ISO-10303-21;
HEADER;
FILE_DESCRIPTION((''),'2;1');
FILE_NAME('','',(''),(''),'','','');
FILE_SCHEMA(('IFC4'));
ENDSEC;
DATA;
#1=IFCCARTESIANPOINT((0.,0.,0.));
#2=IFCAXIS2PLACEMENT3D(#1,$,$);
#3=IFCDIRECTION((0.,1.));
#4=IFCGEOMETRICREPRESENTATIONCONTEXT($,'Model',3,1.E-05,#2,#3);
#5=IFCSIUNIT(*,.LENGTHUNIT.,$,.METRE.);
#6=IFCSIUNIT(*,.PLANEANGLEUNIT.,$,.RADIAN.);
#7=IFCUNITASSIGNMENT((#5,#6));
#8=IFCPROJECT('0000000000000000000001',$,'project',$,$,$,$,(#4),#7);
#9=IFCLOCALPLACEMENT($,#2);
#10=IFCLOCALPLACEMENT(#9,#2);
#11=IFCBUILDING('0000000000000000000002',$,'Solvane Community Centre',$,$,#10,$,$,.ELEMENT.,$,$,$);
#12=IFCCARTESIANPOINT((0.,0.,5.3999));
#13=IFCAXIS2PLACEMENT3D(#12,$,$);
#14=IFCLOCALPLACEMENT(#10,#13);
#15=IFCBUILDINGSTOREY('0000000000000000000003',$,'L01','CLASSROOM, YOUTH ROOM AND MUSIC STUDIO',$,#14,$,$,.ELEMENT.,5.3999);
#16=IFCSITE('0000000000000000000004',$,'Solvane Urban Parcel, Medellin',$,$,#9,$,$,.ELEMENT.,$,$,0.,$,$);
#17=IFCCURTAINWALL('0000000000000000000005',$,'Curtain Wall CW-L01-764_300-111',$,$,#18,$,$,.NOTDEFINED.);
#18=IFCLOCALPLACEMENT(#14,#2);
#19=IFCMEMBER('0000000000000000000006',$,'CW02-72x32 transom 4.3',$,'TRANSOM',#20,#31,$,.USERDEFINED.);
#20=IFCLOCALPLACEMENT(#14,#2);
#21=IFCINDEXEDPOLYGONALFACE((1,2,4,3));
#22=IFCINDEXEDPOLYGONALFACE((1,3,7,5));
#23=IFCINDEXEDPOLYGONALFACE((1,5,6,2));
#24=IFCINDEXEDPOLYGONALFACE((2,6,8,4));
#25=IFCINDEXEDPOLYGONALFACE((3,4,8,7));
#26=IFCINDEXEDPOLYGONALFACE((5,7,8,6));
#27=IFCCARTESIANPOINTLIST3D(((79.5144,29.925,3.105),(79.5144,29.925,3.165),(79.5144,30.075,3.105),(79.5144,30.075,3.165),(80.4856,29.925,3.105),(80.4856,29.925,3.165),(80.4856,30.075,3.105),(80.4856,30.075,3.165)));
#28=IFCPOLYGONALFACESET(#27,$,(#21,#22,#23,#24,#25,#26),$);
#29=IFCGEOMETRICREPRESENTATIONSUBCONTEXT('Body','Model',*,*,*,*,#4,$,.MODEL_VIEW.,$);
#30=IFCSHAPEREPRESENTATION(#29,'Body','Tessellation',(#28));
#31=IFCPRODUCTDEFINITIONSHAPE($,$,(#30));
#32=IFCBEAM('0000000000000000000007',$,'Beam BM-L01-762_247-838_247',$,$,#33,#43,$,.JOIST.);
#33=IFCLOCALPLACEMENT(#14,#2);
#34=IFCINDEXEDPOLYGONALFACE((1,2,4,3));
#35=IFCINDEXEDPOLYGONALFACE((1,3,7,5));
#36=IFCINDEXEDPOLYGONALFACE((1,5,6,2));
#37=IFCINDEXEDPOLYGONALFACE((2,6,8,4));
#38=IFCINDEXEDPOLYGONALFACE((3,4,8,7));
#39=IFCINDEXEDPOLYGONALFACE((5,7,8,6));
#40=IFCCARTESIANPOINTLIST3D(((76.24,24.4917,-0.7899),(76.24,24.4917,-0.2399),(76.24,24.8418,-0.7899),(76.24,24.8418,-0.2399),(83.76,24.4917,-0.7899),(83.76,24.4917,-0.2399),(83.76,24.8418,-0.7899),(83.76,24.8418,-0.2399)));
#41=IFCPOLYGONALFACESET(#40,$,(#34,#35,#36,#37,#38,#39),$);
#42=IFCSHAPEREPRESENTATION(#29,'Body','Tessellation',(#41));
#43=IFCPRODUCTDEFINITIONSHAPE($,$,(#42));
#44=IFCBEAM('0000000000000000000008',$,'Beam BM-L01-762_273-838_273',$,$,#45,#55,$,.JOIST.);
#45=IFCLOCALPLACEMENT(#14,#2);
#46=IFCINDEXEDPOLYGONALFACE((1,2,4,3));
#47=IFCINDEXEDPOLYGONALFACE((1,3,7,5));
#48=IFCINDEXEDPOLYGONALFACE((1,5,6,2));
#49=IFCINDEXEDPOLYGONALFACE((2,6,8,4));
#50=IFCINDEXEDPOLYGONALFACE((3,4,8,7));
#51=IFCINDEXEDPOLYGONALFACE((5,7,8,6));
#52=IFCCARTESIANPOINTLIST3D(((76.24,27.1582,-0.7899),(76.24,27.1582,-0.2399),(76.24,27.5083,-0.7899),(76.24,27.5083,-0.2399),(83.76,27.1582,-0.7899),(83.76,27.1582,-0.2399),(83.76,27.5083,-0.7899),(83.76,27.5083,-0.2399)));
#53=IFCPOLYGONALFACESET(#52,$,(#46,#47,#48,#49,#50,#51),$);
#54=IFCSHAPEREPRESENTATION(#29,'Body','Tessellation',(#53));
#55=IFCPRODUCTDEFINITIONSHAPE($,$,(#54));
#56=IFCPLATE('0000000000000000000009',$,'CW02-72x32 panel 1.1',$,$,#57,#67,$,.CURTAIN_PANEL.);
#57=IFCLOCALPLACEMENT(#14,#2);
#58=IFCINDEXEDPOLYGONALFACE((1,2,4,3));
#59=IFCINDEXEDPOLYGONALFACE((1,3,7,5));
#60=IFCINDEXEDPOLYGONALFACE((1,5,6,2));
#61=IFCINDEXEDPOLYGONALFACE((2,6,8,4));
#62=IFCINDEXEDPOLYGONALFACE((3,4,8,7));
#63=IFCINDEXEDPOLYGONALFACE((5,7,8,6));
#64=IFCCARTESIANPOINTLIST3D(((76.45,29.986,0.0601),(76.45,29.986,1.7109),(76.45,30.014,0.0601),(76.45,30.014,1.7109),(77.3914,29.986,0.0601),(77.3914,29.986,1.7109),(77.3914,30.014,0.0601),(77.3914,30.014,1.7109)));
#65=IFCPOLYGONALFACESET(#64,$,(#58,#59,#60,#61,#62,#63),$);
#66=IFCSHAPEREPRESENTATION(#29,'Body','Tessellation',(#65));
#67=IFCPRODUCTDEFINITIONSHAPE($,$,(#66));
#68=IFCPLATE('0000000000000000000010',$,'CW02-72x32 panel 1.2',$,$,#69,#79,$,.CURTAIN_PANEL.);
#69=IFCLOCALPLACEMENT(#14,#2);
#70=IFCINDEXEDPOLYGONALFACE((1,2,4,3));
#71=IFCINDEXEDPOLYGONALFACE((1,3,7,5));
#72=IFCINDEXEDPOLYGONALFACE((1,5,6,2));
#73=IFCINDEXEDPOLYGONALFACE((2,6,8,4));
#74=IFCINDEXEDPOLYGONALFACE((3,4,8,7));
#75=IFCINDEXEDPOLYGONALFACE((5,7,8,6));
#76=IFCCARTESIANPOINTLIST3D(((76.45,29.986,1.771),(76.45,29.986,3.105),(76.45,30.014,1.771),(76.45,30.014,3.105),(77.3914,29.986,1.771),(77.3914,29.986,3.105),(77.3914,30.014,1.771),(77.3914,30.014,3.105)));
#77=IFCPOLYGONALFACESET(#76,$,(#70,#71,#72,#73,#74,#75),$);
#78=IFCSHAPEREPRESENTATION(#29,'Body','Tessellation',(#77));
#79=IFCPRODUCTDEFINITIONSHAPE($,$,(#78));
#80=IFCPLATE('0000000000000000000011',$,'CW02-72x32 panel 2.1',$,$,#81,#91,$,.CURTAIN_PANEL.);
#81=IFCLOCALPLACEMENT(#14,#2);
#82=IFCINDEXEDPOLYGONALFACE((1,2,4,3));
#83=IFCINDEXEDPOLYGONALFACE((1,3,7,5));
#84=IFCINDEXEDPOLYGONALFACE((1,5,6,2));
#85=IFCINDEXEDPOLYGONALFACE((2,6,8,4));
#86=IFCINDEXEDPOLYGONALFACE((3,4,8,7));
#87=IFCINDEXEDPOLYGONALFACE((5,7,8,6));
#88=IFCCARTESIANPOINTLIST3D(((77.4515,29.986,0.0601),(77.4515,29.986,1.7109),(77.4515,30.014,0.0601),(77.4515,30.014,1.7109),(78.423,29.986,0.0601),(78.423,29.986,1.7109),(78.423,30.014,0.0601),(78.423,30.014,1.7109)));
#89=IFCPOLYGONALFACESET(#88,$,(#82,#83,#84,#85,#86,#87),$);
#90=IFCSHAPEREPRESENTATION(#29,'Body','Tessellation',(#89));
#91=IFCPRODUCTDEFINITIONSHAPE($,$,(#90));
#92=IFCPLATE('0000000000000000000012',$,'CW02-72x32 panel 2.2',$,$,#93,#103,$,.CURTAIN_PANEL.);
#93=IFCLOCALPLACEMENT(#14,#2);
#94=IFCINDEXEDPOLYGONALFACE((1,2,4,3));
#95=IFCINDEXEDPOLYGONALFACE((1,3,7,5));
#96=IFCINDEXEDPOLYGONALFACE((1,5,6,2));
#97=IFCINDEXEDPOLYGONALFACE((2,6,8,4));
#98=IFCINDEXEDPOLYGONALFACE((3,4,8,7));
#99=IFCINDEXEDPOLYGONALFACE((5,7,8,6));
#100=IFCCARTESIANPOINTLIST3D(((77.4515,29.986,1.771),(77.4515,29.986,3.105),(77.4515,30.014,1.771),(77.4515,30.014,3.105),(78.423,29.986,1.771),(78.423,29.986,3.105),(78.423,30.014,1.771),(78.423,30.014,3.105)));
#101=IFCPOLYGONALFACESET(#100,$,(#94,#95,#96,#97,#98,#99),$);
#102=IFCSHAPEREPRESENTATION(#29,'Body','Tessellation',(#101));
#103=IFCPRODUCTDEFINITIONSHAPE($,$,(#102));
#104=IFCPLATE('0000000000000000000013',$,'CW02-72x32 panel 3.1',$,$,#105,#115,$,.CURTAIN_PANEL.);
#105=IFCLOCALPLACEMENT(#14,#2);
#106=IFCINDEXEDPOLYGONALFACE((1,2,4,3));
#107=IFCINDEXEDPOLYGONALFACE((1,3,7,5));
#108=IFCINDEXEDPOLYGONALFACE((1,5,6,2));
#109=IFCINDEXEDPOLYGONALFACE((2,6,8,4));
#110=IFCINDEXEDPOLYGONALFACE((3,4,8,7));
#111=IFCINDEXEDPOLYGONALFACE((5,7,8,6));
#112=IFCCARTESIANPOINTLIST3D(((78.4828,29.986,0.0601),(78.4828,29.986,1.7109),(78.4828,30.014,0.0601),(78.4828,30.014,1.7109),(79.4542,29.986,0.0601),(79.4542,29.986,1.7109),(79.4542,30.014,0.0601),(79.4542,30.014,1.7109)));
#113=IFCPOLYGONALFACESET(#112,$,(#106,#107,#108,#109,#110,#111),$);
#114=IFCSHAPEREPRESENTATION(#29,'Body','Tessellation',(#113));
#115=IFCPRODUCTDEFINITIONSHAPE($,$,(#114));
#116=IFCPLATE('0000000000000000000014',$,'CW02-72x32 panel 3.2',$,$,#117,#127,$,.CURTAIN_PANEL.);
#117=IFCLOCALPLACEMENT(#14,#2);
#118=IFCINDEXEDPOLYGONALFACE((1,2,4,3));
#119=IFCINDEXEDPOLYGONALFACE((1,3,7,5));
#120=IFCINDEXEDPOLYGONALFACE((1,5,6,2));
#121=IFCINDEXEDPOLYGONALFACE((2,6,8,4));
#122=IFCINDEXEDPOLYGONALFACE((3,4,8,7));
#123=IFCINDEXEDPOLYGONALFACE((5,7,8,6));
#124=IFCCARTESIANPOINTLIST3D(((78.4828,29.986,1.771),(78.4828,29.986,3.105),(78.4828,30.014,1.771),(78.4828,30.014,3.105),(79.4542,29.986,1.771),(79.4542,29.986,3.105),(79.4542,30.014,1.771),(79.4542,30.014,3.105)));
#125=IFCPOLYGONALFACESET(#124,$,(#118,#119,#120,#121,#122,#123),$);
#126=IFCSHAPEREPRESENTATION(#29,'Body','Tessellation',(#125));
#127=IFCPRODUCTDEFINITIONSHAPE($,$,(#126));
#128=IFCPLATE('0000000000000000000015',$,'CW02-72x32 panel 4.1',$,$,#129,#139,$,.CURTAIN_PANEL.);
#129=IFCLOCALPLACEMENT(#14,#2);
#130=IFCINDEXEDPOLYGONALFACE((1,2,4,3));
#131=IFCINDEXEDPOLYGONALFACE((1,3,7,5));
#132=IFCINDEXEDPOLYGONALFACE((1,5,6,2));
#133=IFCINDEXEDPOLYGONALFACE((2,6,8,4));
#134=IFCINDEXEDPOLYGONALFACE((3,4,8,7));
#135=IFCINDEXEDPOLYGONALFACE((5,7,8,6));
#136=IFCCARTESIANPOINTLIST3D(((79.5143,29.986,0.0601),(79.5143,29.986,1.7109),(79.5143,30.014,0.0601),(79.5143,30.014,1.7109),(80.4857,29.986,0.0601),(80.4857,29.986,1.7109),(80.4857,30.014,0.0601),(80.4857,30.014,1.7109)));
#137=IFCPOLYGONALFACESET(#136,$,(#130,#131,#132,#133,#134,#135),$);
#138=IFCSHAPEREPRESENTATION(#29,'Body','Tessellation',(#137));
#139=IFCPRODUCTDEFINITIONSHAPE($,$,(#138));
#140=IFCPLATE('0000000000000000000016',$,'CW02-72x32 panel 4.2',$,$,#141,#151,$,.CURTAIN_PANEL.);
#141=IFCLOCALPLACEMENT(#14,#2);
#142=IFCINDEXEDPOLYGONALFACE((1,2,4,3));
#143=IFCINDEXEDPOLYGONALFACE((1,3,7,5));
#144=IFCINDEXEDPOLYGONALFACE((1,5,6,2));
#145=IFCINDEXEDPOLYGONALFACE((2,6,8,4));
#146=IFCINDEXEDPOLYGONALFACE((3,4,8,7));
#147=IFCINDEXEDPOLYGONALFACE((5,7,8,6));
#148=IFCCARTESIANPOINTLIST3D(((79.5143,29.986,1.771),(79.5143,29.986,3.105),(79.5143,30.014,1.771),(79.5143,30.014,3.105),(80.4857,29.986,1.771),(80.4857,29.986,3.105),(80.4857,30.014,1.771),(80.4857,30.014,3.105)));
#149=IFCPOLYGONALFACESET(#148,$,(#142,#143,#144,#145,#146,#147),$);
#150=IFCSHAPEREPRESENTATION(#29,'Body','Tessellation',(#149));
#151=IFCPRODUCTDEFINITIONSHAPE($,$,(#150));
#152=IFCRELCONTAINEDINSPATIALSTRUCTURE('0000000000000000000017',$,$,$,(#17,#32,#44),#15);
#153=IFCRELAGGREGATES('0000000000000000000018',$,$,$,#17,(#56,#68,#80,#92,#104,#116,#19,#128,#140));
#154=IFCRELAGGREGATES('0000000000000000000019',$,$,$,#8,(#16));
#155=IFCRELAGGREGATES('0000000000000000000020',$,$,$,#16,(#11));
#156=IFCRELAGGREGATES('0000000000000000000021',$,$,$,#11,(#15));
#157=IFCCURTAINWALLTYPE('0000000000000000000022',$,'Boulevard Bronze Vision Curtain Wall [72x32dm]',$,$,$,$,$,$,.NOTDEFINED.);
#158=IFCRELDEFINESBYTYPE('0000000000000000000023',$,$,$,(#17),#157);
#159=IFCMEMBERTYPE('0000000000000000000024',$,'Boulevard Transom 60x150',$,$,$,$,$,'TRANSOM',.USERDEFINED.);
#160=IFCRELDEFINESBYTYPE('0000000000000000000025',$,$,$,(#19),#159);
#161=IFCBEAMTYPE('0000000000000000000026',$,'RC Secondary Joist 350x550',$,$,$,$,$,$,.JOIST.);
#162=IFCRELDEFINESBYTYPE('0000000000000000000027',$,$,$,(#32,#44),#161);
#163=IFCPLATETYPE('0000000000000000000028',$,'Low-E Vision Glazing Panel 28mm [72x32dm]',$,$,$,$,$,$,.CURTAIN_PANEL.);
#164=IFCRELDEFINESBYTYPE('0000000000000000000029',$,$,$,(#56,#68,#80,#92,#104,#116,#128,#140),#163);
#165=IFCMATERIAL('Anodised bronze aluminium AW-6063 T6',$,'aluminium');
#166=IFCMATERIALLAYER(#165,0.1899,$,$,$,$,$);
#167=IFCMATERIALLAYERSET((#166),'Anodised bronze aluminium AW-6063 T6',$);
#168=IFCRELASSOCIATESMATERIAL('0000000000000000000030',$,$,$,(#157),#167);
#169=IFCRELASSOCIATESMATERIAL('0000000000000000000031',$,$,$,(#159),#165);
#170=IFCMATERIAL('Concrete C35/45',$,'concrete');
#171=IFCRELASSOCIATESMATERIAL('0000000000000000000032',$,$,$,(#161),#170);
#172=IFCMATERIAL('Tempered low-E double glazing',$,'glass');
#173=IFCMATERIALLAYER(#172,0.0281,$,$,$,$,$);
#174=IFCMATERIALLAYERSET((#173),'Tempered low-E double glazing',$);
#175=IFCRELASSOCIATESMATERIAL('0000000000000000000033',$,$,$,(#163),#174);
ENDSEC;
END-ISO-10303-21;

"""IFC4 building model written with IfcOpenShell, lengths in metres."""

from ifc_helpers import new_model, si_unit, direction, frame, origin, origin_2d, place, context, subcontext, project, spatial, rectangle, extrude, material, layer, layer_set, material_profile, profile_set, type_object, element, aggregate, save


model = new_model("IFC4")

# Units and contexts
model_context = context("Model", 3, precision=1e-05, world=origin(), true_north=direction((0.0, 1.0)))
body_context = subcontext(model_context, "Body", "Model", "MODEL_VIEW")
ifc_project = project(units=[si_unit("LENGTHUNIT", "METRE"), si_unit("PLANEANGLEUNIT", "RADIAN")], contexts=[model_context])

# Site, building, storey
site_placement = place(None, origin())
site = spatial("IfcSite", under=ifc_project, at=site_placement, Name="Solvane Urban Parcel, Medellin", CompositionType="ELEMENT", RefElevation=0.0)
building_placement = place(site_placement, origin())
building = spatial("IfcBuilding", under=site, at=building_placement, Name="Solvane Community Centre", CompositionType="ELEMENT")
storey_placement = place(building_placement, frame((0.0, 0.0, 5.3999)))
storey = spatial("IfcBuildingStorey", under=building, at=storey_placement, Name="L01", Description="CLASSROOM, YOUTH ROOM AND MUSIC STUDIO", CompositionType="ELEMENT", Elevation=5.3999)

# Curtain wall, member
ifc_material_1 = material(Name="Anodised bronze aluminium AW-6063 T6", Category="aluminium")
ifc_layer_1 = layer(ifc_material_1, 0.1899)
ifc_layer_set_1 = layer_set([ifc_layer_1], Name="Anodised bronze aluminium AW-6063 T6")
curtain_wall_type = type_object("IfcCurtainWallType", Name="Boulevard Bronze Vision Curtain Wall [72x32dm]", PredefinedType="NOTDEFINED", material=ifc_layer_set_1)
curtain_wall_placement = place(storey_placement, origin())
curtain_wall = element("IfcCurtainWall", 1, at=curtain_wall_placement, inside=storey, type_object=curtain_wall_type, Name="Curtain Wall CW-L01-764_300-111", PredefinedType="NOTDEFINED")
ifc_material_profile_1 = material_profile(ifc_material_1, rectangle(XDim=0.1499, YDim=0.0601, at=origin_2d()), Name="CW-T 60x150")
ifc_profile_set_1 = profile_set([ifc_material_profile_1], Name="Anodised bronze aluminium AW-6063 T6")
member_type_1 = type_object("IfcMemberType", Name="Boulevard Transom 60x150", ElementType="TRANSOM", PredefinedType="USERDEFINED", material=ifc_profile_set_1)
member_1_placement = place(storey_placement, frame((79.5144, 30.0, 3.135), z_axis=(1.0, 0.0, 0.0), x_axis=(0.0, 1.0, 0.0)))
member_1 = element("IfcMember", 2, at=member_1_placement, type_object=member_type_1, Name="CW02-72x32 transom 4.3", ObjectType="TRANSOM", PredefinedType="USERDEFINED", context=body_context, shape_type="SweptSolid", body=[
    extrude(rectangle(XDim=0.1499, YDim=0.0601, at=origin_2d()), origin(), (0.0, 0.0, 1.0), 0.9712),
])

# Beams
ifc_material_2 = material(Name="Concrete C35/45", Category="concrete")
ifc_material_profile_2 = material_profile(ifc_material_2, rectangle(XDim=0.3501, YDim=0.55, at=origin_2d()), Name="RC 350x550")
ifc_profile_set_2 = profile_set([ifc_material_profile_2], Name="Concrete C35/45")
beam_type = type_object("IfcBeamType", Name="RC Secondary Joist 350x550", PredefinedType="JOIST", material=ifc_profile_set_2)
for number, where, z_axis, x_axis, name in (
    (3, (76.24, 24.6667, -0.5149), (1.0, 0.0, 0.0), (0.0, 1.0, 0.0), "Beam BM-L01-762_247-838_247"),
    (4, (76.24, 27.3333, -0.5149), (1.0, 0.0, 0.0), (0.0, 1.0, 0.0), "Beam BM-L01-762_273-838_273"),
):
    element("IfcBeam", number, at=place(storey_placement, frame(where, z_axis=z_axis, x_axis=x_axis)), inside=storey, type_object=beam_type, Name=name, PredefinedType="JOIST", context=body_context, shape_type="SweptSolid", body=[
        extrude(rectangle(XDim=0.3501, YDim=0.55, at=origin_2d()), origin(), (0.0, 0.0, 1.0), 7.52),
    ])

# Plates
ifc_material_3 = material(Name="Tempered low-E double glazing", Category="glass")
ifc_layer_2 = layer(ifc_material_3, 0.0281)
ifc_layer_set_2 = layer_set([ifc_layer_2], Name="Tempered low-E double glazing")
plate_type = type_object("IfcPlateType", Name="Low-E Vision Glazing Panel 28mm [72x32dm]", PredefinedType="CURTAIN_PANEL", material=ifc_layer_set_2)
plate_1_placement = place(storey_placement, frame((76.9207, 30.0, 0.0601), z_axis=(0.0, 0.0, 1.0), x_axis=(1.0, 0.0, 0.0)))
plate_1 = element("IfcPlate", 5, at=plate_1_placement, type_object=plate_type, Name="CW02-72x32 panel 1.1", PredefinedType="CURTAIN_PANEL", context=body_context, shape_type="SweptSolid", body=[
    extrude(rectangle(XDim=0.9414, YDim=0.0281, at=origin_2d()), origin(), (0.0, 0.0, 1.0), 1.6509),
])
plate_2_placement = place(storey_placement, frame((76.9207, 30.0, 1.771), z_axis=(0.0, 0.0, 1.0), x_axis=(1.0, 0.0, 0.0)))
plate_2 = element("IfcPlate", 6, at=plate_2_placement, type_object=plate_type, Name="CW02-72x32 panel 1.2", PredefinedType="CURTAIN_PANEL", context=body_context, shape_type="SweptSolid", body=[
    extrude(rectangle(XDim=0.9414, YDim=0.0281, at=origin_2d()), origin(), (0.0, 0.0, 1.0), 1.334),
])
plate_3_placement = place(storey_placement, frame((77.9373, 30.0, 0.0601), z_axis=(0.0, 0.0, 1.0), x_axis=(1.0, 0.0, 0.0)))
plate_3 = element("IfcPlate", 7, at=plate_3_placement, type_object=plate_type, Name="CW02-72x32 panel 2.1", PredefinedType="CURTAIN_PANEL", context=body_context, shape_type="SweptSolid", body=[
    extrude(rectangle(XDim=0.9714, YDim=0.0281, at=origin_2d()), origin(), (0.0, 0.0, 1.0), 1.6509),
])
plate_4_placement = place(storey_placement, frame((77.9373, 30.0, 1.771), z_axis=(0.0, 0.0, 1.0), x_axis=(1.0, 0.0, 0.0)))
plate_4 = element("IfcPlate", 8, at=plate_4_placement, type_object=plate_type, Name="CW02-72x32 panel 2.2", PredefinedType="CURTAIN_PANEL", context=body_context, shape_type="SweptSolid", body=[
    extrude(rectangle(XDim=0.9714, YDim=0.0281, at=origin_2d()), origin(), (0.0, 0.0, 1.0), 1.334),
])
plate_5_placement = place(storey_placement, frame((78.9685, 30.0, 0.0601), z_axis=(0.0, 0.0, 1.0), x_axis=(1.0, 0.0, 0.0)))
plate_5 = element("IfcPlate", 9, at=plate_5_placement, type_object=plate_type, Name="CW02-72x32 panel 3.1", PredefinedType="CURTAIN_PANEL", context=body_context, shape_type="SweptSolid", body=[
    extrude(rectangle(XDim=0.9714, YDim=0.0281, at=origin_2d()), origin(), (0.0, 0.0, 1.0), 1.6509),
])
plate_6_placement = place(storey_placement, frame((78.9685, 30.0, 1.771), z_axis=(0.0, 0.0, 1.0), x_axis=(1.0, 0.0, 0.0)))
plate_6 = element("IfcPlate", 10, at=plate_6_placement, type_object=plate_type, Name="CW02-72x32 panel 3.2", PredefinedType="CURTAIN_PANEL", context=body_context, shape_type="SweptSolid", body=[
    extrude(rectangle(XDim=0.9714, YDim=0.0281, at=origin_2d()), origin(), (0.0, 0.0, 1.0), 1.334),
])
plate_7_placement = place(storey_placement, frame((80.0, 30.0, 0.0601), z_axis=(0.0, 0.0, 1.0), x_axis=(1.0, 0.0, 0.0)))
plate_7 = element("IfcPlate", 11, at=plate_7_placement, type_object=plate_type, Name="CW02-72x32 panel 4.1", PredefinedType="CURTAIN_PANEL", context=body_context, shape_type="SweptSolid", body=[
    extrude(rectangle(XDim=0.9714, YDim=0.0281, at=origin_2d()), origin(), (0.0, 0.0, 1.0), 1.6509),
])
plate_8_placement = place(storey_placement, frame((80.0, 30.0, 1.771), z_axis=(0.0, 0.0, 1.0), x_axis=(1.0, 0.0, 0.0)))
plate_8 = element("IfcPlate", 12, at=plate_8_placement, type_object=plate_type, Name="CW02-72x32 panel 4.2", PredefinedType="CURTAIN_PANEL", context=body_context, shape_type="SweptSolid", body=[
    extrude(rectangle(XDim=0.9714, YDim=0.0281, at=origin_2d()), origin(), (0.0, 0.0, 1.0), 1.334),
])
aggregate(curtain_wall, [plate_1, plate_2, plate_3, plate_4, plate_5, plate_6, member_1, plate_7, plate_8])

save(model, "model.ifc")
